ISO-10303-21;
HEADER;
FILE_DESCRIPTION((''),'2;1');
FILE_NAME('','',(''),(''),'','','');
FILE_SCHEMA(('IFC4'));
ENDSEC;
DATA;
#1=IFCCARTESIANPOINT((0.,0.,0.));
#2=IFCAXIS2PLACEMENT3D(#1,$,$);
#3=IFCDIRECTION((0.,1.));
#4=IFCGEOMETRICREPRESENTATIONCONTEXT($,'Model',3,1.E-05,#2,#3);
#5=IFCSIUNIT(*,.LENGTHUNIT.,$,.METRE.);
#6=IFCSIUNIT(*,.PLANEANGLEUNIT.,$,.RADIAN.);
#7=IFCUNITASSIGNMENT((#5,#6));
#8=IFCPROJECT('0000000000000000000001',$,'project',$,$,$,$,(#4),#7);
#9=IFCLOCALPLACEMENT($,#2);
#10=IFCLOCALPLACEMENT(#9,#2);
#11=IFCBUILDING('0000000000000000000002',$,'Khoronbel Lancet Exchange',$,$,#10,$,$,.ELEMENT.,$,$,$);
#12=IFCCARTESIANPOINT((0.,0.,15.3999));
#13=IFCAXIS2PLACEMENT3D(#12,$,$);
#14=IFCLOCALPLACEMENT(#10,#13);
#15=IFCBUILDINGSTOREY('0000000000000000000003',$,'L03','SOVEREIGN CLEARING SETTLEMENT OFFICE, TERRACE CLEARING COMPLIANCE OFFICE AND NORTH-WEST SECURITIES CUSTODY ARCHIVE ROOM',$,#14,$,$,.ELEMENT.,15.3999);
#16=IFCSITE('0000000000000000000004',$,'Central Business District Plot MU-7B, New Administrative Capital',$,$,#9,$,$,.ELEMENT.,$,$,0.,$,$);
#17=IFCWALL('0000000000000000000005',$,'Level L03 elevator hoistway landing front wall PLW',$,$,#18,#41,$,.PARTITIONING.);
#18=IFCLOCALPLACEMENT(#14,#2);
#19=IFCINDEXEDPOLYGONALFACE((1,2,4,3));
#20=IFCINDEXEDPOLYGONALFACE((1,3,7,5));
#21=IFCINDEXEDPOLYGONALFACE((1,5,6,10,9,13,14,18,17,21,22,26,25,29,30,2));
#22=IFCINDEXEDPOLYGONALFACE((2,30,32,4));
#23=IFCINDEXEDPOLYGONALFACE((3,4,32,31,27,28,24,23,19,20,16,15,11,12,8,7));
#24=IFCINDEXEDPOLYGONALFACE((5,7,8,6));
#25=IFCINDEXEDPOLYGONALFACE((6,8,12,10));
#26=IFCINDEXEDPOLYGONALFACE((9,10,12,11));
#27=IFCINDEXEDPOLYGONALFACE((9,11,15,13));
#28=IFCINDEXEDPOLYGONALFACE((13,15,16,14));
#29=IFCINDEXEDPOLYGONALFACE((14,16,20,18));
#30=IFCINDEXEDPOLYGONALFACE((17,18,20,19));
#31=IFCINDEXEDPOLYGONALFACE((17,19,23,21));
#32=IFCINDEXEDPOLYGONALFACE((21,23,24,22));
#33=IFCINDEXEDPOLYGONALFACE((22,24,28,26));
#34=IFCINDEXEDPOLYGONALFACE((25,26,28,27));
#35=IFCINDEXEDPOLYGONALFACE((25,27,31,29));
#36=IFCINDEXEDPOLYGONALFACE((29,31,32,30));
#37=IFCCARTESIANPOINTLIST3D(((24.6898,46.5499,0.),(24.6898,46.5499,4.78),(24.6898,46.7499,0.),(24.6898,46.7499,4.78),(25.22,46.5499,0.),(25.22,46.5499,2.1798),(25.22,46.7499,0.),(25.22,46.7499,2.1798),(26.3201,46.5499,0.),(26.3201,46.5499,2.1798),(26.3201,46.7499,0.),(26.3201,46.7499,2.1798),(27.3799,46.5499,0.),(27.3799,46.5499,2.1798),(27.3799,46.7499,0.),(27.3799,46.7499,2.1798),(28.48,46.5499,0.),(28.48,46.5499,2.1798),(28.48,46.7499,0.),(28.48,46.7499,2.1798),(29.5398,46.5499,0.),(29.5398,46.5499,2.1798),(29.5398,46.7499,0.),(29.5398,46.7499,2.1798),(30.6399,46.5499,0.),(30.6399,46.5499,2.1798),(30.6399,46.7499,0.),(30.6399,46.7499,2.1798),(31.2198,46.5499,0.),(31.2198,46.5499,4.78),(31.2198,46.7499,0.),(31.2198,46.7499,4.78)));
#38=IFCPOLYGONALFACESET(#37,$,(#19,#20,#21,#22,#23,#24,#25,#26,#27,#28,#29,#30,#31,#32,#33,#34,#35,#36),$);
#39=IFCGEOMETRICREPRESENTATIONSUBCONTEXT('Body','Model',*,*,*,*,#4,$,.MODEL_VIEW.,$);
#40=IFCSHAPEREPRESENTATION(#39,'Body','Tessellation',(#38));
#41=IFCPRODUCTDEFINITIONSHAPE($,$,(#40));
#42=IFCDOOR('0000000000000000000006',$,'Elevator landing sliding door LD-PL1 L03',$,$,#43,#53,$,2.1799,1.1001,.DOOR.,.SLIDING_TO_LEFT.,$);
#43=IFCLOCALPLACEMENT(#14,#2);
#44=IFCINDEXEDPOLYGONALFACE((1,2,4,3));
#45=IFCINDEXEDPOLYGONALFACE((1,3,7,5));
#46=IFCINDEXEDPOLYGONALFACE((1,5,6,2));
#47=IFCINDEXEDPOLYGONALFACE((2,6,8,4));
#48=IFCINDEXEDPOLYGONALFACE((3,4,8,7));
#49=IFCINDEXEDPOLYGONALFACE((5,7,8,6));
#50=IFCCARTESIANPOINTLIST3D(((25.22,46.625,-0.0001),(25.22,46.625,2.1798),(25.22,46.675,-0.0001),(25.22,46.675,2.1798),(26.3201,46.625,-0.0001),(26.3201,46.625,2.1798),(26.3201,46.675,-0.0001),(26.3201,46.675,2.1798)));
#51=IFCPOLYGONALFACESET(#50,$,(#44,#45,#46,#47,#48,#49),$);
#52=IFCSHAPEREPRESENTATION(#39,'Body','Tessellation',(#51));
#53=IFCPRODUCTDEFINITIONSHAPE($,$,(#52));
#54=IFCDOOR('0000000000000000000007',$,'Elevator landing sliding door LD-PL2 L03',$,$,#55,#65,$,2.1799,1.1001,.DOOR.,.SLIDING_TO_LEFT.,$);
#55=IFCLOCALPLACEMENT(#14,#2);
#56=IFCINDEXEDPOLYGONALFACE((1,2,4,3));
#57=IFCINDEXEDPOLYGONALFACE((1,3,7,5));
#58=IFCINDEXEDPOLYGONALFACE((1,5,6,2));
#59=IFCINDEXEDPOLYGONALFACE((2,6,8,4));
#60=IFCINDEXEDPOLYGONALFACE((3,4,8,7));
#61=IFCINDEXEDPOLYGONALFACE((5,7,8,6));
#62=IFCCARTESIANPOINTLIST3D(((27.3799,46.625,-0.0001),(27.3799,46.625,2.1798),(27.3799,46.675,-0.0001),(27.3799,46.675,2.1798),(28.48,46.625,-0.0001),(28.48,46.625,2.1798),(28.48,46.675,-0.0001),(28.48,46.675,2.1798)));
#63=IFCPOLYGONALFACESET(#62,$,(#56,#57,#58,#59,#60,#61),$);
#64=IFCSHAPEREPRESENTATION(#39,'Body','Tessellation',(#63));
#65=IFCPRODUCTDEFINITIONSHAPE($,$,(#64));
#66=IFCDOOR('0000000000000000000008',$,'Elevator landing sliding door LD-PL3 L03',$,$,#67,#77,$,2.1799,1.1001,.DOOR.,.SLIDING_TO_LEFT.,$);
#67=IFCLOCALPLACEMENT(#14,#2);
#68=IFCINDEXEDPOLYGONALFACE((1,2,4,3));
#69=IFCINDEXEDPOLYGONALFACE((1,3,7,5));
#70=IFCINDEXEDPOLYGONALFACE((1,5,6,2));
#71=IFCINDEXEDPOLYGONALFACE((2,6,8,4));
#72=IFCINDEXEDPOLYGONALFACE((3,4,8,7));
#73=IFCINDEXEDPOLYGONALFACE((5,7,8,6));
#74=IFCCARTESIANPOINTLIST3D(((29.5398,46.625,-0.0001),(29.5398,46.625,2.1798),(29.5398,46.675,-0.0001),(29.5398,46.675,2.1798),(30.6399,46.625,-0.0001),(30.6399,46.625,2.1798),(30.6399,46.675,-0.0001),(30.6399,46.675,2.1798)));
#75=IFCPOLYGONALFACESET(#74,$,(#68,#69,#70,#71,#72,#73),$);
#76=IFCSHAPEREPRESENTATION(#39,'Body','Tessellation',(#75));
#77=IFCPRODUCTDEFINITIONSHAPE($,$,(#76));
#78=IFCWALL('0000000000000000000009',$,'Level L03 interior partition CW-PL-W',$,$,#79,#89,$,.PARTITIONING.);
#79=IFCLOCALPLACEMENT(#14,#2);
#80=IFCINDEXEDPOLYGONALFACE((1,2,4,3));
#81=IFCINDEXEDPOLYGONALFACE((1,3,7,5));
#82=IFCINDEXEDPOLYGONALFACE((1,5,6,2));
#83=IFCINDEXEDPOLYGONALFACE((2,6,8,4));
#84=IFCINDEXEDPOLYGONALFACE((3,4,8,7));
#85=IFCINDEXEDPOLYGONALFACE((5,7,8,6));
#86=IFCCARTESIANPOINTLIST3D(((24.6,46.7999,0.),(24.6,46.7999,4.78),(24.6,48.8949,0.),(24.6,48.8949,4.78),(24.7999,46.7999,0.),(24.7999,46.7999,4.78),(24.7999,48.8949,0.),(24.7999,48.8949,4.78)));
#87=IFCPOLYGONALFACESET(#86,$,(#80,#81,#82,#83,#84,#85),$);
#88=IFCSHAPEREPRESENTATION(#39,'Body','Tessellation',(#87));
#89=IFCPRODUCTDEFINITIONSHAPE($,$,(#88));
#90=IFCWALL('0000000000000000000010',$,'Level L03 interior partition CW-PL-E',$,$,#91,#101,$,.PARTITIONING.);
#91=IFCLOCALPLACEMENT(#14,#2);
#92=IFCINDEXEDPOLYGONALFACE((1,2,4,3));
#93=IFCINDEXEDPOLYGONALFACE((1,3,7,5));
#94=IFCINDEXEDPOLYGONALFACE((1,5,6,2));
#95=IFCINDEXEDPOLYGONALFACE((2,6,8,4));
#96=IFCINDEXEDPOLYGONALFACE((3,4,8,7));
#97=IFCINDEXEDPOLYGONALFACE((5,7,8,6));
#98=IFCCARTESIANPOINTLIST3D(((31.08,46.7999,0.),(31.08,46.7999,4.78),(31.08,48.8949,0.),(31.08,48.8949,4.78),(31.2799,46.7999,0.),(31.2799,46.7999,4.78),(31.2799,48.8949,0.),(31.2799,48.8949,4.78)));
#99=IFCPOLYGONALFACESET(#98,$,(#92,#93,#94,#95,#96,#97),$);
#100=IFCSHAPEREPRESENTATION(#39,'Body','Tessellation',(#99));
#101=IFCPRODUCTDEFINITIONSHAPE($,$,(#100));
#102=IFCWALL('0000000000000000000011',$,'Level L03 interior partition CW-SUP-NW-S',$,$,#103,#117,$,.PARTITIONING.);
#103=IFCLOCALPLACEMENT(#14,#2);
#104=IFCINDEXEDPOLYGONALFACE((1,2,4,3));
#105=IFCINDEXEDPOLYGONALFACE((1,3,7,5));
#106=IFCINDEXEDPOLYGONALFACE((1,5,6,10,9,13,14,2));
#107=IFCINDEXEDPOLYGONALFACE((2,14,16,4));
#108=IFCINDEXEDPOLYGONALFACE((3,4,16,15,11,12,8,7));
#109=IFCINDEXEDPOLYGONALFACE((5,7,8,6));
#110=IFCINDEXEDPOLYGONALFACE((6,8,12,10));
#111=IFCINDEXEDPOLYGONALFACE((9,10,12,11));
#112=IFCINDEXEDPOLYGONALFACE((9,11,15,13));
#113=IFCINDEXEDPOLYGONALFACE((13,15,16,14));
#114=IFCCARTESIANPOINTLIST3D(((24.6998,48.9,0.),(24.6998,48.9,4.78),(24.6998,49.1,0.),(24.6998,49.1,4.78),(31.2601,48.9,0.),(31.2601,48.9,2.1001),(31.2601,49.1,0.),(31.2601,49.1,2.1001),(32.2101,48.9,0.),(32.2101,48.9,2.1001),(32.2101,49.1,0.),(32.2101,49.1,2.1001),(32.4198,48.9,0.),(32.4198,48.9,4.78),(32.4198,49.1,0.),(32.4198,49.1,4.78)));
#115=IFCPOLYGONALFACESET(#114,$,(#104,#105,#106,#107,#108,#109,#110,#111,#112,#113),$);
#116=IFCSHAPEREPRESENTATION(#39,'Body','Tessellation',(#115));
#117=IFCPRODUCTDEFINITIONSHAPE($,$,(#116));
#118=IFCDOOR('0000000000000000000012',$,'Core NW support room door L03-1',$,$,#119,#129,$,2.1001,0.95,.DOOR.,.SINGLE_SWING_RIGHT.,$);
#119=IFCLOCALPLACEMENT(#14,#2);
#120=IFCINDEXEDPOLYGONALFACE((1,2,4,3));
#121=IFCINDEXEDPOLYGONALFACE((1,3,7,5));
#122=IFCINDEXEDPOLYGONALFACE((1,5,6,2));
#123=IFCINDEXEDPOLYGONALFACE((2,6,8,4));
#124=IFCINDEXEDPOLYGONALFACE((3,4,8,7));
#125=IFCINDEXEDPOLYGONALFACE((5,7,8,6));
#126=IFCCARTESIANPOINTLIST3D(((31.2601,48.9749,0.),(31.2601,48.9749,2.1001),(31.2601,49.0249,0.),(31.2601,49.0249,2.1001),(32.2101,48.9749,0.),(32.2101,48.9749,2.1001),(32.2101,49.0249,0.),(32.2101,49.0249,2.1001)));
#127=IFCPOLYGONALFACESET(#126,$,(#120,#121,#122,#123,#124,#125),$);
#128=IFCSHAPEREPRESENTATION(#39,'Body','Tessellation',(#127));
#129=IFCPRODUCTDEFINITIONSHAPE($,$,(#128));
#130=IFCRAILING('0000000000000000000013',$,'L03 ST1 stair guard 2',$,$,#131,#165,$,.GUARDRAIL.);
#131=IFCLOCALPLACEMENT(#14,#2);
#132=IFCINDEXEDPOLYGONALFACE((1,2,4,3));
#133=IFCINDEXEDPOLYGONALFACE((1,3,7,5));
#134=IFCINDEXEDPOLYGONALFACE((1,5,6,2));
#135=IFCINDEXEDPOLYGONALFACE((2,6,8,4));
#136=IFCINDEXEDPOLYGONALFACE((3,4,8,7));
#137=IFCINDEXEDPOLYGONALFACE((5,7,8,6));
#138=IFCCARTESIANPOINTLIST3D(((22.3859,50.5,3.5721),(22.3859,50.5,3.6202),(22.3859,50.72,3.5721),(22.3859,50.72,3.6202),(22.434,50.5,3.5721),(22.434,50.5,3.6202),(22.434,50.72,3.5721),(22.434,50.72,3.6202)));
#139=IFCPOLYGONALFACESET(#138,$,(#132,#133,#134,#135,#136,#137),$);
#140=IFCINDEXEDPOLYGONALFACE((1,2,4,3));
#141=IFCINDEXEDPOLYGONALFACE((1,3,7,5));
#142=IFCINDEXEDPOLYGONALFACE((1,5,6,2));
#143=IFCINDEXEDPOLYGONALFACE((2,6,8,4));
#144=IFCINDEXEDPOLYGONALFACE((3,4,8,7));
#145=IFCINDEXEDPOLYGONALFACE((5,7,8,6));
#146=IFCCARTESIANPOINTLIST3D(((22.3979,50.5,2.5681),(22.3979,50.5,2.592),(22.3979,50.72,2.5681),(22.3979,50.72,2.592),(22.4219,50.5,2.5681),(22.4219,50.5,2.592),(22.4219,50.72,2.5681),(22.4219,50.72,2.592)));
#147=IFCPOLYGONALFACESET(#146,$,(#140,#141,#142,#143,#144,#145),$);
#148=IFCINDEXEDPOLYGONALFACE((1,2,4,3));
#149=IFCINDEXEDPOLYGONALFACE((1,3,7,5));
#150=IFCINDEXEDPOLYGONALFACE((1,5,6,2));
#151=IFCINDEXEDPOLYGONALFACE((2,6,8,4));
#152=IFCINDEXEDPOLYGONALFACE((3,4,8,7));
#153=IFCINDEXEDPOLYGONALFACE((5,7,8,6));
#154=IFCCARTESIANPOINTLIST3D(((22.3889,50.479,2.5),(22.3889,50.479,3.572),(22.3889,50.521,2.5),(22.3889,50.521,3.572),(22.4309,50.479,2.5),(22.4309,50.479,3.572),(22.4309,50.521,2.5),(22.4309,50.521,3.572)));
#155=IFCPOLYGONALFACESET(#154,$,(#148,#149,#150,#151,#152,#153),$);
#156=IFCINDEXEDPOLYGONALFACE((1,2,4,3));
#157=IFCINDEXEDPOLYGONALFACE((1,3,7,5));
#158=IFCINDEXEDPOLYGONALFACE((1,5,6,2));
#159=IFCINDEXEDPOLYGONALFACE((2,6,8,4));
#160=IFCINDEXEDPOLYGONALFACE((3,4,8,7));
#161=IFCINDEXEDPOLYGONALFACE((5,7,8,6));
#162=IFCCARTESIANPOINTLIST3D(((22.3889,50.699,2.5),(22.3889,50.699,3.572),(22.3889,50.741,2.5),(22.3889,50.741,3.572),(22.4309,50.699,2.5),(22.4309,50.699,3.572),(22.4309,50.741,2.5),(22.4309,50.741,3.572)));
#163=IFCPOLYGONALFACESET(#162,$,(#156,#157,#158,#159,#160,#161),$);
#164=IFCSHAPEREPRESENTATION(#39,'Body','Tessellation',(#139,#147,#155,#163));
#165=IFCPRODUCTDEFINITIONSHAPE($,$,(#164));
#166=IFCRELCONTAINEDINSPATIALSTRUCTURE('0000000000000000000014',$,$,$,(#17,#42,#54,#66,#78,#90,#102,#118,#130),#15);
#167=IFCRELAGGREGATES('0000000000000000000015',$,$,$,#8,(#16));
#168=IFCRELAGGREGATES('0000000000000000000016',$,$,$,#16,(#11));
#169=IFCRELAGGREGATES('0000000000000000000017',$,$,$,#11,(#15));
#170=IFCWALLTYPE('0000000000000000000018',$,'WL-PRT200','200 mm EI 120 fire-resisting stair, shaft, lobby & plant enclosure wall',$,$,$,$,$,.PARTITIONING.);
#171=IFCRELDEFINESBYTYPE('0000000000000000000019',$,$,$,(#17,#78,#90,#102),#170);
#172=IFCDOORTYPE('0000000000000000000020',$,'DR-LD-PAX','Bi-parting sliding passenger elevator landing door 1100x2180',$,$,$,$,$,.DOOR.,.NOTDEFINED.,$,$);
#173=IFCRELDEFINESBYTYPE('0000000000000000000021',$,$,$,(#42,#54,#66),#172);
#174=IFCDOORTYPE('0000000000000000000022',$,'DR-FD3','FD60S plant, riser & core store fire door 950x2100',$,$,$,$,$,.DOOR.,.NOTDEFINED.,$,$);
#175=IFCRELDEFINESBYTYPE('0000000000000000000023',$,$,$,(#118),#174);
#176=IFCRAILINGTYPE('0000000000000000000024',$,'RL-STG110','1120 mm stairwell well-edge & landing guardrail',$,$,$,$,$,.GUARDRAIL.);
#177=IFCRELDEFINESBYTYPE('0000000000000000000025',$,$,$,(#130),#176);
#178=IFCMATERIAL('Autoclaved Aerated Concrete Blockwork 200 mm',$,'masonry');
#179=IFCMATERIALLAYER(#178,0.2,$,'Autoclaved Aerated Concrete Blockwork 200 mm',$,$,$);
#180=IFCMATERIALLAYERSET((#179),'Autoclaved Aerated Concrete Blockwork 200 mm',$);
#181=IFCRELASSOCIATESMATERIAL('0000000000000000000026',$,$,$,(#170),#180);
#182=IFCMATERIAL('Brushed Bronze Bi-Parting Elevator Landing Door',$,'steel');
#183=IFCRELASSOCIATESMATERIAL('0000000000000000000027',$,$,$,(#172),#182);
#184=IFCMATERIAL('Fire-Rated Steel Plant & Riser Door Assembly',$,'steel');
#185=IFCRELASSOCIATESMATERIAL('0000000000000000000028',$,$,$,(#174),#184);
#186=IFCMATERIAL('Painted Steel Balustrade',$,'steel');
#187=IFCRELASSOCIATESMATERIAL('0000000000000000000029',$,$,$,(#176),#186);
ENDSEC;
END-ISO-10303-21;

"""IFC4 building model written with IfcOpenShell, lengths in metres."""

from ifc_helpers import new_model, si_unit, direction, frame, frame_2d, origin, origin_2d, place, context, subcontext, project, spatial, rectangle, extrude, material, layer, layer_set, type_object, element, fill, save


model = new_model("IFC4")

# Units and contexts
model_context = context("Model", 3, precision=1e-05, world=origin(), true_north=direction((0.0, 1.0)))
body_context = subcontext(model_context, "Body", "Model", "MODEL_VIEW")
ifc_project = project(units=[si_unit("LENGTHUNIT", "METRE"), si_unit("PLANEANGLEUNIT", "RADIAN")], contexts=[model_context])

# Site, building, storey
site_placement = place(None, origin())
site = spatial("IfcSite", under=ifc_project, at=site_placement, Name="Central Business District Plot MU-7B, New Administrative Capital", CompositionType="ELEMENT", RefElevation=0.0)
building_placement = place(site_placement, origin())
building = spatial("IfcBuilding", under=site, at=building_placement, Name="Khoronbel Lancet Exchange", CompositionType="ELEMENT")
storey_placement = place(building_placement, frame((0.0, 0.0, 15.3999)))
storey = spatial("IfcBuildingStorey", under=building, at=storey_placement, Name="L03", Description="SOVEREIGN CLEARING SETTLEMENT OFFICE, TERRACE CLEARING COMPLIANCE OFFICE AND NORTH-WEST SECURITIES CUSTODY ARCHIVE ROOM", CompositionType="ELEMENT", Elevation=15.3999)

# Shared definitions
ifc_material_1 = material(Name="Autoclaved Aerated Concrete Blockwork 200 mm", Category="masonry")
ifc_layer_1 = layer(ifc_material_1, 0.2, Name="Autoclaved Aerated Concrete Blockwork 200 mm")
ifc_layer_set_1 = layer_set([ifc_layer_1], Name="Autoclaved Aerated Concrete Blockwork 200 mm")
wall_type_1 = type_object("IfcWallType", Name="WL-PRT200", Description="200 mm EI 120 fire-resisting stair, shaft, lobby & plant enclosure wall", PredefinedType="PARTITIONING", material=ifc_layer_set_1)

# Wall, openings, doors
wall_1_placement = place(storey_placement, frame((31.22, 46.6499, 0.0), z_axis=(0.0, 0.0, 1.0), x_axis=(-1.0, 0.0, 0.0)))
wall_1 = element("IfcWall", 1, at=wall_1_placement, inside=storey, type_object=wall_type_1, Name="Level L03 elevator hoistway landing front wall PLW", PredefinedType="PARTITIONING", context=body_context, shape_type="SweptSolid", body=[
    extrude(rectangle(XDim=6.53, YDim=0.2, at=frame_2d((3.2651, 0.0))), origin(), (0.0, 0.0, 1.0), 4.78),
])
opening_1_placement = place(wall_1_placement, frame((4.8999, 0.0, 0.0)))
opening_1 = element("IfcOpeningElement", 2, at=opening_1_placement, cuts=wall_1, PredefinedType="OPENING", context=body_context, shape_type="SweptSolid", body=[
    extrude(rectangle(XDim=1.1001, YDim=2.1799, at=frame_2d((0.55, 1.0898))), frame((0.0, 0.1099, 0.0), z_axis=(0.0, -1.0, 0.0), x_axis=(1.0, 0.0, 0.0)), (0.0, 0.0, 1.0), 0.22),
])
opening_2_placement = place(wall_1_placement, frame((2.74, 0.0, 0.0)))
opening_2 = element("IfcOpeningElement", 3, at=opening_2_placement, cuts=wall_1, PredefinedType="OPENING", context=body_context, shape_type="SweptSolid", body=[
    extrude(rectangle(XDim=1.1001, YDim=2.1799, at=frame_2d((0.55, 1.0898))), frame((0.0, 0.1099, 0.0), z_axis=(0.0, -1.0, 0.0), x_axis=(1.0, 0.0, 0.0)), (0.0, 0.0, 1.0), 0.22),
])
opening_3_placement = place(wall_1_placement, frame((0.5801, 0.0, 0.0)))
opening_3 = element("IfcOpeningElement", 4, at=opening_3_placement, cuts=wall_1, PredefinedType="OPENING", context=body_context, shape_type="SweptSolid", body=[
    extrude(rectangle(XDim=1.1001, YDim=2.1799, at=frame_2d((0.55, 1.0898))), frame((0.0, 0.1099, 0.0), z_axis=(0.0, -1.0, 0.0), x_axis=(1.0, 0.0, 0.0)), (0.0, 0.0, 1.0), 0.22),
])
ifc_material_2 = material(Name="Brushed Bronze Bi-Parting Elevator Landing Door", Category="steel")
door_type_1 = type_object("IfcDoorType", Name="DR-LD-PAX", Description="Bi-parting sliding passenger elevator landing door 1100x2180", OperationType="NOTDEFINED", PredefinedType="DOOR", material=ifc_material_2)
door_1_placement = place(opening_1_placement, origin())
door_1 = element("IfcDoor", 5, at=door_1_placement, inside=storey, type_object=door_type_1, Name="Elevator landing sliding door LD-PL1 L03", OperationType="SLIDING_TO_LEFT", OverallHeight=2.1799, OverallWidth=1.1001, PredefinedType="DOOR", context=body_context, shape_type="SweptSolid", body=[
    extrude(rectangle(XDim=1.1001, YDim=2.1799, at=frame_2d((0.55, 1.0898))), frame((0.0, 0.0249, 0.0), z_axis=(0.0, -1.0, 0.0), x_axis=(1.0, 0.0, 0.0)), (0.0, 0.0, 1.0), 0.05),
])
fill(opening_1, door_1)
door_2_placement = place(opening_2_placement, origin())
door_2 = element("IfcDoor", 6, at=door_2_placement, inside=storey, type_object=door_type_1, Name="Elevator landing sliding door LD-PL2 L03", OperationType="SLIDING_TO_LEFT", OverallHeight=2.1799, OverallWidth=1.1001, PredefinedType="DOOR", context=body_context, shape_type="SweptSolid", body=[
    extrude(rectangle(XDim=1.1001, YDim=2.1799, at=frame_2d((0.55, 1.0898))), frame((0.0, 0.0249, 0.0), z_axis=(0.0, -1.0, 0.0), x_axis=(1.0, 0.0, 0.0)), (0.0, 0.0, 1.0), 0.05),
])
fill(opening_2, door_2)
door_3_placement = place(opening_3_placement, origin())
door_3 = element("IfcDoor", 7, at=door_3_placement, inside=storey, type_object=door_type_1, Name="Elevator landing sliding door LD-PL3 L03", OperationType="SLIDING_TO_LEFT", OverallHeight=2.1799, OverallWidth=1.1001, PredefinedType="DOOR", context=body_context, shape_type="SweptSolid", body=[
    extrude(rectangle(XDim=1.1001, YDim=2.1799, at=frame_2d((0.55, 1.0898))), frame((0.0, 0.0249, 0.0), z_axis=(0.0, -1.0, 0.0), x_axis=(1.0, 0.0, 0.0)), (0.0, 0.0, 1.0), 0.05),
])
fill(opening_3, door_3)

# Walls
for number, where, z_axis, x_axis, name in (
    (8, (24.7, 46.8, 0.0), (0.0, 0.0, 1.0), (0.0, 1.0, 0.0), "Level L03 interior partition CW-PL-W"),
    (9, (31.1799, 46.8, 0.0), (0.0, 0.0, 1.0), (0.0, 1.0, 0.0), "Level L03 interior partition CW-PL-E"),
):
    element("IfcWall", number, at=place(storey_placement, frame(where, z_axis=z_axis, x_axis=x_axis)), inside=storey, type_object=wall_type_1, Name=name, PredefinedType="PARTITIONING", context=body_context, shape_type="SweptSolid", body=[
        extrude(rectangle(XDim=2.095, YDim=0.2, at=frame_2d((1.0474, 0.0))), origin(), (0.0, 0.0, 1.0), 4.78),
    ])

# Wall, opening, door
wall_2_placement = place(storey_placement, frame((24.7, 49.0, 0.0), z_axis=(0.0, 0.0, 1.0), x_axis=(1.0, 0.0, 0.0)))
wall_2 = element("IfcWall", 10, at=wall_2_placement, inside=storey, type_object=wall_type_1, Name="Level L03 interior partition CW-SUP-NW-S", PredefinedType="PARTITIONING", context=body_context, shape_type="SweptSolid", body=[
    extrude(rectangle(XDim=7.72, YDim=0.2, at=frame_2d((3.8599, 0.0))), origin(), (0.0, 0.0, 1.0), 4.78),
])
opening_4_placement = place(wall_2_placement, frame((6.5601, 0.0, 0.0)))
opening_4 = element("IfcOpeningElement", 11, at=opening_4_placement, cuts=wall_2, PredefinedType="OPENING", context=body_context, shape_type="SweptSolid", body=[
    extrude(rectangle(XDim=0.95, YDim=2.1001, at=frame_2d((0.4751, 1.05))), frame((0.0, 0.1099, 0.0), z_axis=(0.0, -1.0, 0.0), x_axis=(1.0, 0.0, 0.0)), (0.0, 0.0, 1.0), 0.22),
])
ifc_material_3 = material(Name="Fire-Rated Steel Plant & Riser Door Assembly", Category="steel")
door_type_2 = type_object("IfcDoorType", Name="DR-FD3", Description="FD60S plant, riser & core store fire door 950x2100", OperationType="NOTDEFINED", PredefinedType="DOOR", material=ifc_material_3)
door_4_placement = place(opening_4_placement, origin())
door_4 = element("IfcDoor", 12, at=door_4_placement, inside=storey, type_object=door_type_2, Name="Core NW support room door L03-1", OperationType="SINGLE_SWING_RIGHT", OverallHeight=2.1001, OverallWidth=0.95, PredefinedType="DOOR", context=body_context, shape_type="SweptSolid", body=[
    extrude(rectangle(XDim=0.95, YDim=2.1001, at=frame_2d((0.4751, 1.05))), frame((0.0, 0.0249, 0.0), z_axis=(0.0, -1.0, 0.0), x_axis=(1.0, 0.0, 0.0)), (0.0, 0.0, 1.0), 0.05),
])
fill(opening_4, door_4)

# Railing
ifc_material_4 = material(Name="Painted Steel Balustrade", Category="steel")
railing_type_1 = type_object("IfcRailingType", Name="RL-STG110", Description="1120 mm stairwell well-edge & landing guardrail", PredefinedType="GUARDRAIL", material=ifc_material_4)
railing_1_placement = place(storey_placement, frame((22.4099, 50.5, 2.5)))
element("IfcRailing", 13, at=railing_1_placement, inside=storey, type_object=railing_type_1, Name="L03 ST1 stair guard 2", PredefinedType="GUARDRAIL", context=body_context, shape_type="SweptSolid", body=[
    extrude(rectangle(XDim=0.0481, YDim=0.0481, at=origin_2d()), frame((0.0, 0.0, 1.0962), z_axis=(0.0, 1.0, 0.0), x_axis=(-1.0, 0.0, 0.0)), (0.0, 0.0, 1.0), 0.22),
    extrude(rectangle(XDim=0.0239, YDim=0.0239, at=origin_2d()), frame((0.0, 0.0, 0.0801), z_axis=(0.0, 1.0, 0.0), x_axis=(-1.0, 0.0, 0.0)), (0.0, 0.0, 1.0), 0.22),
    extrude(rectangle(XDim=0.042, YDim=0.042, at=origin_2d()), origin(), (0.0, 0.0, 1.0), 1.072),
    extrude(rectangle(XDim=0.042, YDim=0.042, at=origin_2d()), frame((0.0, 0.22, 0.0)), (0.0, 0.0, 1.0), 1.072),
])

save(model, "model.ifc")
